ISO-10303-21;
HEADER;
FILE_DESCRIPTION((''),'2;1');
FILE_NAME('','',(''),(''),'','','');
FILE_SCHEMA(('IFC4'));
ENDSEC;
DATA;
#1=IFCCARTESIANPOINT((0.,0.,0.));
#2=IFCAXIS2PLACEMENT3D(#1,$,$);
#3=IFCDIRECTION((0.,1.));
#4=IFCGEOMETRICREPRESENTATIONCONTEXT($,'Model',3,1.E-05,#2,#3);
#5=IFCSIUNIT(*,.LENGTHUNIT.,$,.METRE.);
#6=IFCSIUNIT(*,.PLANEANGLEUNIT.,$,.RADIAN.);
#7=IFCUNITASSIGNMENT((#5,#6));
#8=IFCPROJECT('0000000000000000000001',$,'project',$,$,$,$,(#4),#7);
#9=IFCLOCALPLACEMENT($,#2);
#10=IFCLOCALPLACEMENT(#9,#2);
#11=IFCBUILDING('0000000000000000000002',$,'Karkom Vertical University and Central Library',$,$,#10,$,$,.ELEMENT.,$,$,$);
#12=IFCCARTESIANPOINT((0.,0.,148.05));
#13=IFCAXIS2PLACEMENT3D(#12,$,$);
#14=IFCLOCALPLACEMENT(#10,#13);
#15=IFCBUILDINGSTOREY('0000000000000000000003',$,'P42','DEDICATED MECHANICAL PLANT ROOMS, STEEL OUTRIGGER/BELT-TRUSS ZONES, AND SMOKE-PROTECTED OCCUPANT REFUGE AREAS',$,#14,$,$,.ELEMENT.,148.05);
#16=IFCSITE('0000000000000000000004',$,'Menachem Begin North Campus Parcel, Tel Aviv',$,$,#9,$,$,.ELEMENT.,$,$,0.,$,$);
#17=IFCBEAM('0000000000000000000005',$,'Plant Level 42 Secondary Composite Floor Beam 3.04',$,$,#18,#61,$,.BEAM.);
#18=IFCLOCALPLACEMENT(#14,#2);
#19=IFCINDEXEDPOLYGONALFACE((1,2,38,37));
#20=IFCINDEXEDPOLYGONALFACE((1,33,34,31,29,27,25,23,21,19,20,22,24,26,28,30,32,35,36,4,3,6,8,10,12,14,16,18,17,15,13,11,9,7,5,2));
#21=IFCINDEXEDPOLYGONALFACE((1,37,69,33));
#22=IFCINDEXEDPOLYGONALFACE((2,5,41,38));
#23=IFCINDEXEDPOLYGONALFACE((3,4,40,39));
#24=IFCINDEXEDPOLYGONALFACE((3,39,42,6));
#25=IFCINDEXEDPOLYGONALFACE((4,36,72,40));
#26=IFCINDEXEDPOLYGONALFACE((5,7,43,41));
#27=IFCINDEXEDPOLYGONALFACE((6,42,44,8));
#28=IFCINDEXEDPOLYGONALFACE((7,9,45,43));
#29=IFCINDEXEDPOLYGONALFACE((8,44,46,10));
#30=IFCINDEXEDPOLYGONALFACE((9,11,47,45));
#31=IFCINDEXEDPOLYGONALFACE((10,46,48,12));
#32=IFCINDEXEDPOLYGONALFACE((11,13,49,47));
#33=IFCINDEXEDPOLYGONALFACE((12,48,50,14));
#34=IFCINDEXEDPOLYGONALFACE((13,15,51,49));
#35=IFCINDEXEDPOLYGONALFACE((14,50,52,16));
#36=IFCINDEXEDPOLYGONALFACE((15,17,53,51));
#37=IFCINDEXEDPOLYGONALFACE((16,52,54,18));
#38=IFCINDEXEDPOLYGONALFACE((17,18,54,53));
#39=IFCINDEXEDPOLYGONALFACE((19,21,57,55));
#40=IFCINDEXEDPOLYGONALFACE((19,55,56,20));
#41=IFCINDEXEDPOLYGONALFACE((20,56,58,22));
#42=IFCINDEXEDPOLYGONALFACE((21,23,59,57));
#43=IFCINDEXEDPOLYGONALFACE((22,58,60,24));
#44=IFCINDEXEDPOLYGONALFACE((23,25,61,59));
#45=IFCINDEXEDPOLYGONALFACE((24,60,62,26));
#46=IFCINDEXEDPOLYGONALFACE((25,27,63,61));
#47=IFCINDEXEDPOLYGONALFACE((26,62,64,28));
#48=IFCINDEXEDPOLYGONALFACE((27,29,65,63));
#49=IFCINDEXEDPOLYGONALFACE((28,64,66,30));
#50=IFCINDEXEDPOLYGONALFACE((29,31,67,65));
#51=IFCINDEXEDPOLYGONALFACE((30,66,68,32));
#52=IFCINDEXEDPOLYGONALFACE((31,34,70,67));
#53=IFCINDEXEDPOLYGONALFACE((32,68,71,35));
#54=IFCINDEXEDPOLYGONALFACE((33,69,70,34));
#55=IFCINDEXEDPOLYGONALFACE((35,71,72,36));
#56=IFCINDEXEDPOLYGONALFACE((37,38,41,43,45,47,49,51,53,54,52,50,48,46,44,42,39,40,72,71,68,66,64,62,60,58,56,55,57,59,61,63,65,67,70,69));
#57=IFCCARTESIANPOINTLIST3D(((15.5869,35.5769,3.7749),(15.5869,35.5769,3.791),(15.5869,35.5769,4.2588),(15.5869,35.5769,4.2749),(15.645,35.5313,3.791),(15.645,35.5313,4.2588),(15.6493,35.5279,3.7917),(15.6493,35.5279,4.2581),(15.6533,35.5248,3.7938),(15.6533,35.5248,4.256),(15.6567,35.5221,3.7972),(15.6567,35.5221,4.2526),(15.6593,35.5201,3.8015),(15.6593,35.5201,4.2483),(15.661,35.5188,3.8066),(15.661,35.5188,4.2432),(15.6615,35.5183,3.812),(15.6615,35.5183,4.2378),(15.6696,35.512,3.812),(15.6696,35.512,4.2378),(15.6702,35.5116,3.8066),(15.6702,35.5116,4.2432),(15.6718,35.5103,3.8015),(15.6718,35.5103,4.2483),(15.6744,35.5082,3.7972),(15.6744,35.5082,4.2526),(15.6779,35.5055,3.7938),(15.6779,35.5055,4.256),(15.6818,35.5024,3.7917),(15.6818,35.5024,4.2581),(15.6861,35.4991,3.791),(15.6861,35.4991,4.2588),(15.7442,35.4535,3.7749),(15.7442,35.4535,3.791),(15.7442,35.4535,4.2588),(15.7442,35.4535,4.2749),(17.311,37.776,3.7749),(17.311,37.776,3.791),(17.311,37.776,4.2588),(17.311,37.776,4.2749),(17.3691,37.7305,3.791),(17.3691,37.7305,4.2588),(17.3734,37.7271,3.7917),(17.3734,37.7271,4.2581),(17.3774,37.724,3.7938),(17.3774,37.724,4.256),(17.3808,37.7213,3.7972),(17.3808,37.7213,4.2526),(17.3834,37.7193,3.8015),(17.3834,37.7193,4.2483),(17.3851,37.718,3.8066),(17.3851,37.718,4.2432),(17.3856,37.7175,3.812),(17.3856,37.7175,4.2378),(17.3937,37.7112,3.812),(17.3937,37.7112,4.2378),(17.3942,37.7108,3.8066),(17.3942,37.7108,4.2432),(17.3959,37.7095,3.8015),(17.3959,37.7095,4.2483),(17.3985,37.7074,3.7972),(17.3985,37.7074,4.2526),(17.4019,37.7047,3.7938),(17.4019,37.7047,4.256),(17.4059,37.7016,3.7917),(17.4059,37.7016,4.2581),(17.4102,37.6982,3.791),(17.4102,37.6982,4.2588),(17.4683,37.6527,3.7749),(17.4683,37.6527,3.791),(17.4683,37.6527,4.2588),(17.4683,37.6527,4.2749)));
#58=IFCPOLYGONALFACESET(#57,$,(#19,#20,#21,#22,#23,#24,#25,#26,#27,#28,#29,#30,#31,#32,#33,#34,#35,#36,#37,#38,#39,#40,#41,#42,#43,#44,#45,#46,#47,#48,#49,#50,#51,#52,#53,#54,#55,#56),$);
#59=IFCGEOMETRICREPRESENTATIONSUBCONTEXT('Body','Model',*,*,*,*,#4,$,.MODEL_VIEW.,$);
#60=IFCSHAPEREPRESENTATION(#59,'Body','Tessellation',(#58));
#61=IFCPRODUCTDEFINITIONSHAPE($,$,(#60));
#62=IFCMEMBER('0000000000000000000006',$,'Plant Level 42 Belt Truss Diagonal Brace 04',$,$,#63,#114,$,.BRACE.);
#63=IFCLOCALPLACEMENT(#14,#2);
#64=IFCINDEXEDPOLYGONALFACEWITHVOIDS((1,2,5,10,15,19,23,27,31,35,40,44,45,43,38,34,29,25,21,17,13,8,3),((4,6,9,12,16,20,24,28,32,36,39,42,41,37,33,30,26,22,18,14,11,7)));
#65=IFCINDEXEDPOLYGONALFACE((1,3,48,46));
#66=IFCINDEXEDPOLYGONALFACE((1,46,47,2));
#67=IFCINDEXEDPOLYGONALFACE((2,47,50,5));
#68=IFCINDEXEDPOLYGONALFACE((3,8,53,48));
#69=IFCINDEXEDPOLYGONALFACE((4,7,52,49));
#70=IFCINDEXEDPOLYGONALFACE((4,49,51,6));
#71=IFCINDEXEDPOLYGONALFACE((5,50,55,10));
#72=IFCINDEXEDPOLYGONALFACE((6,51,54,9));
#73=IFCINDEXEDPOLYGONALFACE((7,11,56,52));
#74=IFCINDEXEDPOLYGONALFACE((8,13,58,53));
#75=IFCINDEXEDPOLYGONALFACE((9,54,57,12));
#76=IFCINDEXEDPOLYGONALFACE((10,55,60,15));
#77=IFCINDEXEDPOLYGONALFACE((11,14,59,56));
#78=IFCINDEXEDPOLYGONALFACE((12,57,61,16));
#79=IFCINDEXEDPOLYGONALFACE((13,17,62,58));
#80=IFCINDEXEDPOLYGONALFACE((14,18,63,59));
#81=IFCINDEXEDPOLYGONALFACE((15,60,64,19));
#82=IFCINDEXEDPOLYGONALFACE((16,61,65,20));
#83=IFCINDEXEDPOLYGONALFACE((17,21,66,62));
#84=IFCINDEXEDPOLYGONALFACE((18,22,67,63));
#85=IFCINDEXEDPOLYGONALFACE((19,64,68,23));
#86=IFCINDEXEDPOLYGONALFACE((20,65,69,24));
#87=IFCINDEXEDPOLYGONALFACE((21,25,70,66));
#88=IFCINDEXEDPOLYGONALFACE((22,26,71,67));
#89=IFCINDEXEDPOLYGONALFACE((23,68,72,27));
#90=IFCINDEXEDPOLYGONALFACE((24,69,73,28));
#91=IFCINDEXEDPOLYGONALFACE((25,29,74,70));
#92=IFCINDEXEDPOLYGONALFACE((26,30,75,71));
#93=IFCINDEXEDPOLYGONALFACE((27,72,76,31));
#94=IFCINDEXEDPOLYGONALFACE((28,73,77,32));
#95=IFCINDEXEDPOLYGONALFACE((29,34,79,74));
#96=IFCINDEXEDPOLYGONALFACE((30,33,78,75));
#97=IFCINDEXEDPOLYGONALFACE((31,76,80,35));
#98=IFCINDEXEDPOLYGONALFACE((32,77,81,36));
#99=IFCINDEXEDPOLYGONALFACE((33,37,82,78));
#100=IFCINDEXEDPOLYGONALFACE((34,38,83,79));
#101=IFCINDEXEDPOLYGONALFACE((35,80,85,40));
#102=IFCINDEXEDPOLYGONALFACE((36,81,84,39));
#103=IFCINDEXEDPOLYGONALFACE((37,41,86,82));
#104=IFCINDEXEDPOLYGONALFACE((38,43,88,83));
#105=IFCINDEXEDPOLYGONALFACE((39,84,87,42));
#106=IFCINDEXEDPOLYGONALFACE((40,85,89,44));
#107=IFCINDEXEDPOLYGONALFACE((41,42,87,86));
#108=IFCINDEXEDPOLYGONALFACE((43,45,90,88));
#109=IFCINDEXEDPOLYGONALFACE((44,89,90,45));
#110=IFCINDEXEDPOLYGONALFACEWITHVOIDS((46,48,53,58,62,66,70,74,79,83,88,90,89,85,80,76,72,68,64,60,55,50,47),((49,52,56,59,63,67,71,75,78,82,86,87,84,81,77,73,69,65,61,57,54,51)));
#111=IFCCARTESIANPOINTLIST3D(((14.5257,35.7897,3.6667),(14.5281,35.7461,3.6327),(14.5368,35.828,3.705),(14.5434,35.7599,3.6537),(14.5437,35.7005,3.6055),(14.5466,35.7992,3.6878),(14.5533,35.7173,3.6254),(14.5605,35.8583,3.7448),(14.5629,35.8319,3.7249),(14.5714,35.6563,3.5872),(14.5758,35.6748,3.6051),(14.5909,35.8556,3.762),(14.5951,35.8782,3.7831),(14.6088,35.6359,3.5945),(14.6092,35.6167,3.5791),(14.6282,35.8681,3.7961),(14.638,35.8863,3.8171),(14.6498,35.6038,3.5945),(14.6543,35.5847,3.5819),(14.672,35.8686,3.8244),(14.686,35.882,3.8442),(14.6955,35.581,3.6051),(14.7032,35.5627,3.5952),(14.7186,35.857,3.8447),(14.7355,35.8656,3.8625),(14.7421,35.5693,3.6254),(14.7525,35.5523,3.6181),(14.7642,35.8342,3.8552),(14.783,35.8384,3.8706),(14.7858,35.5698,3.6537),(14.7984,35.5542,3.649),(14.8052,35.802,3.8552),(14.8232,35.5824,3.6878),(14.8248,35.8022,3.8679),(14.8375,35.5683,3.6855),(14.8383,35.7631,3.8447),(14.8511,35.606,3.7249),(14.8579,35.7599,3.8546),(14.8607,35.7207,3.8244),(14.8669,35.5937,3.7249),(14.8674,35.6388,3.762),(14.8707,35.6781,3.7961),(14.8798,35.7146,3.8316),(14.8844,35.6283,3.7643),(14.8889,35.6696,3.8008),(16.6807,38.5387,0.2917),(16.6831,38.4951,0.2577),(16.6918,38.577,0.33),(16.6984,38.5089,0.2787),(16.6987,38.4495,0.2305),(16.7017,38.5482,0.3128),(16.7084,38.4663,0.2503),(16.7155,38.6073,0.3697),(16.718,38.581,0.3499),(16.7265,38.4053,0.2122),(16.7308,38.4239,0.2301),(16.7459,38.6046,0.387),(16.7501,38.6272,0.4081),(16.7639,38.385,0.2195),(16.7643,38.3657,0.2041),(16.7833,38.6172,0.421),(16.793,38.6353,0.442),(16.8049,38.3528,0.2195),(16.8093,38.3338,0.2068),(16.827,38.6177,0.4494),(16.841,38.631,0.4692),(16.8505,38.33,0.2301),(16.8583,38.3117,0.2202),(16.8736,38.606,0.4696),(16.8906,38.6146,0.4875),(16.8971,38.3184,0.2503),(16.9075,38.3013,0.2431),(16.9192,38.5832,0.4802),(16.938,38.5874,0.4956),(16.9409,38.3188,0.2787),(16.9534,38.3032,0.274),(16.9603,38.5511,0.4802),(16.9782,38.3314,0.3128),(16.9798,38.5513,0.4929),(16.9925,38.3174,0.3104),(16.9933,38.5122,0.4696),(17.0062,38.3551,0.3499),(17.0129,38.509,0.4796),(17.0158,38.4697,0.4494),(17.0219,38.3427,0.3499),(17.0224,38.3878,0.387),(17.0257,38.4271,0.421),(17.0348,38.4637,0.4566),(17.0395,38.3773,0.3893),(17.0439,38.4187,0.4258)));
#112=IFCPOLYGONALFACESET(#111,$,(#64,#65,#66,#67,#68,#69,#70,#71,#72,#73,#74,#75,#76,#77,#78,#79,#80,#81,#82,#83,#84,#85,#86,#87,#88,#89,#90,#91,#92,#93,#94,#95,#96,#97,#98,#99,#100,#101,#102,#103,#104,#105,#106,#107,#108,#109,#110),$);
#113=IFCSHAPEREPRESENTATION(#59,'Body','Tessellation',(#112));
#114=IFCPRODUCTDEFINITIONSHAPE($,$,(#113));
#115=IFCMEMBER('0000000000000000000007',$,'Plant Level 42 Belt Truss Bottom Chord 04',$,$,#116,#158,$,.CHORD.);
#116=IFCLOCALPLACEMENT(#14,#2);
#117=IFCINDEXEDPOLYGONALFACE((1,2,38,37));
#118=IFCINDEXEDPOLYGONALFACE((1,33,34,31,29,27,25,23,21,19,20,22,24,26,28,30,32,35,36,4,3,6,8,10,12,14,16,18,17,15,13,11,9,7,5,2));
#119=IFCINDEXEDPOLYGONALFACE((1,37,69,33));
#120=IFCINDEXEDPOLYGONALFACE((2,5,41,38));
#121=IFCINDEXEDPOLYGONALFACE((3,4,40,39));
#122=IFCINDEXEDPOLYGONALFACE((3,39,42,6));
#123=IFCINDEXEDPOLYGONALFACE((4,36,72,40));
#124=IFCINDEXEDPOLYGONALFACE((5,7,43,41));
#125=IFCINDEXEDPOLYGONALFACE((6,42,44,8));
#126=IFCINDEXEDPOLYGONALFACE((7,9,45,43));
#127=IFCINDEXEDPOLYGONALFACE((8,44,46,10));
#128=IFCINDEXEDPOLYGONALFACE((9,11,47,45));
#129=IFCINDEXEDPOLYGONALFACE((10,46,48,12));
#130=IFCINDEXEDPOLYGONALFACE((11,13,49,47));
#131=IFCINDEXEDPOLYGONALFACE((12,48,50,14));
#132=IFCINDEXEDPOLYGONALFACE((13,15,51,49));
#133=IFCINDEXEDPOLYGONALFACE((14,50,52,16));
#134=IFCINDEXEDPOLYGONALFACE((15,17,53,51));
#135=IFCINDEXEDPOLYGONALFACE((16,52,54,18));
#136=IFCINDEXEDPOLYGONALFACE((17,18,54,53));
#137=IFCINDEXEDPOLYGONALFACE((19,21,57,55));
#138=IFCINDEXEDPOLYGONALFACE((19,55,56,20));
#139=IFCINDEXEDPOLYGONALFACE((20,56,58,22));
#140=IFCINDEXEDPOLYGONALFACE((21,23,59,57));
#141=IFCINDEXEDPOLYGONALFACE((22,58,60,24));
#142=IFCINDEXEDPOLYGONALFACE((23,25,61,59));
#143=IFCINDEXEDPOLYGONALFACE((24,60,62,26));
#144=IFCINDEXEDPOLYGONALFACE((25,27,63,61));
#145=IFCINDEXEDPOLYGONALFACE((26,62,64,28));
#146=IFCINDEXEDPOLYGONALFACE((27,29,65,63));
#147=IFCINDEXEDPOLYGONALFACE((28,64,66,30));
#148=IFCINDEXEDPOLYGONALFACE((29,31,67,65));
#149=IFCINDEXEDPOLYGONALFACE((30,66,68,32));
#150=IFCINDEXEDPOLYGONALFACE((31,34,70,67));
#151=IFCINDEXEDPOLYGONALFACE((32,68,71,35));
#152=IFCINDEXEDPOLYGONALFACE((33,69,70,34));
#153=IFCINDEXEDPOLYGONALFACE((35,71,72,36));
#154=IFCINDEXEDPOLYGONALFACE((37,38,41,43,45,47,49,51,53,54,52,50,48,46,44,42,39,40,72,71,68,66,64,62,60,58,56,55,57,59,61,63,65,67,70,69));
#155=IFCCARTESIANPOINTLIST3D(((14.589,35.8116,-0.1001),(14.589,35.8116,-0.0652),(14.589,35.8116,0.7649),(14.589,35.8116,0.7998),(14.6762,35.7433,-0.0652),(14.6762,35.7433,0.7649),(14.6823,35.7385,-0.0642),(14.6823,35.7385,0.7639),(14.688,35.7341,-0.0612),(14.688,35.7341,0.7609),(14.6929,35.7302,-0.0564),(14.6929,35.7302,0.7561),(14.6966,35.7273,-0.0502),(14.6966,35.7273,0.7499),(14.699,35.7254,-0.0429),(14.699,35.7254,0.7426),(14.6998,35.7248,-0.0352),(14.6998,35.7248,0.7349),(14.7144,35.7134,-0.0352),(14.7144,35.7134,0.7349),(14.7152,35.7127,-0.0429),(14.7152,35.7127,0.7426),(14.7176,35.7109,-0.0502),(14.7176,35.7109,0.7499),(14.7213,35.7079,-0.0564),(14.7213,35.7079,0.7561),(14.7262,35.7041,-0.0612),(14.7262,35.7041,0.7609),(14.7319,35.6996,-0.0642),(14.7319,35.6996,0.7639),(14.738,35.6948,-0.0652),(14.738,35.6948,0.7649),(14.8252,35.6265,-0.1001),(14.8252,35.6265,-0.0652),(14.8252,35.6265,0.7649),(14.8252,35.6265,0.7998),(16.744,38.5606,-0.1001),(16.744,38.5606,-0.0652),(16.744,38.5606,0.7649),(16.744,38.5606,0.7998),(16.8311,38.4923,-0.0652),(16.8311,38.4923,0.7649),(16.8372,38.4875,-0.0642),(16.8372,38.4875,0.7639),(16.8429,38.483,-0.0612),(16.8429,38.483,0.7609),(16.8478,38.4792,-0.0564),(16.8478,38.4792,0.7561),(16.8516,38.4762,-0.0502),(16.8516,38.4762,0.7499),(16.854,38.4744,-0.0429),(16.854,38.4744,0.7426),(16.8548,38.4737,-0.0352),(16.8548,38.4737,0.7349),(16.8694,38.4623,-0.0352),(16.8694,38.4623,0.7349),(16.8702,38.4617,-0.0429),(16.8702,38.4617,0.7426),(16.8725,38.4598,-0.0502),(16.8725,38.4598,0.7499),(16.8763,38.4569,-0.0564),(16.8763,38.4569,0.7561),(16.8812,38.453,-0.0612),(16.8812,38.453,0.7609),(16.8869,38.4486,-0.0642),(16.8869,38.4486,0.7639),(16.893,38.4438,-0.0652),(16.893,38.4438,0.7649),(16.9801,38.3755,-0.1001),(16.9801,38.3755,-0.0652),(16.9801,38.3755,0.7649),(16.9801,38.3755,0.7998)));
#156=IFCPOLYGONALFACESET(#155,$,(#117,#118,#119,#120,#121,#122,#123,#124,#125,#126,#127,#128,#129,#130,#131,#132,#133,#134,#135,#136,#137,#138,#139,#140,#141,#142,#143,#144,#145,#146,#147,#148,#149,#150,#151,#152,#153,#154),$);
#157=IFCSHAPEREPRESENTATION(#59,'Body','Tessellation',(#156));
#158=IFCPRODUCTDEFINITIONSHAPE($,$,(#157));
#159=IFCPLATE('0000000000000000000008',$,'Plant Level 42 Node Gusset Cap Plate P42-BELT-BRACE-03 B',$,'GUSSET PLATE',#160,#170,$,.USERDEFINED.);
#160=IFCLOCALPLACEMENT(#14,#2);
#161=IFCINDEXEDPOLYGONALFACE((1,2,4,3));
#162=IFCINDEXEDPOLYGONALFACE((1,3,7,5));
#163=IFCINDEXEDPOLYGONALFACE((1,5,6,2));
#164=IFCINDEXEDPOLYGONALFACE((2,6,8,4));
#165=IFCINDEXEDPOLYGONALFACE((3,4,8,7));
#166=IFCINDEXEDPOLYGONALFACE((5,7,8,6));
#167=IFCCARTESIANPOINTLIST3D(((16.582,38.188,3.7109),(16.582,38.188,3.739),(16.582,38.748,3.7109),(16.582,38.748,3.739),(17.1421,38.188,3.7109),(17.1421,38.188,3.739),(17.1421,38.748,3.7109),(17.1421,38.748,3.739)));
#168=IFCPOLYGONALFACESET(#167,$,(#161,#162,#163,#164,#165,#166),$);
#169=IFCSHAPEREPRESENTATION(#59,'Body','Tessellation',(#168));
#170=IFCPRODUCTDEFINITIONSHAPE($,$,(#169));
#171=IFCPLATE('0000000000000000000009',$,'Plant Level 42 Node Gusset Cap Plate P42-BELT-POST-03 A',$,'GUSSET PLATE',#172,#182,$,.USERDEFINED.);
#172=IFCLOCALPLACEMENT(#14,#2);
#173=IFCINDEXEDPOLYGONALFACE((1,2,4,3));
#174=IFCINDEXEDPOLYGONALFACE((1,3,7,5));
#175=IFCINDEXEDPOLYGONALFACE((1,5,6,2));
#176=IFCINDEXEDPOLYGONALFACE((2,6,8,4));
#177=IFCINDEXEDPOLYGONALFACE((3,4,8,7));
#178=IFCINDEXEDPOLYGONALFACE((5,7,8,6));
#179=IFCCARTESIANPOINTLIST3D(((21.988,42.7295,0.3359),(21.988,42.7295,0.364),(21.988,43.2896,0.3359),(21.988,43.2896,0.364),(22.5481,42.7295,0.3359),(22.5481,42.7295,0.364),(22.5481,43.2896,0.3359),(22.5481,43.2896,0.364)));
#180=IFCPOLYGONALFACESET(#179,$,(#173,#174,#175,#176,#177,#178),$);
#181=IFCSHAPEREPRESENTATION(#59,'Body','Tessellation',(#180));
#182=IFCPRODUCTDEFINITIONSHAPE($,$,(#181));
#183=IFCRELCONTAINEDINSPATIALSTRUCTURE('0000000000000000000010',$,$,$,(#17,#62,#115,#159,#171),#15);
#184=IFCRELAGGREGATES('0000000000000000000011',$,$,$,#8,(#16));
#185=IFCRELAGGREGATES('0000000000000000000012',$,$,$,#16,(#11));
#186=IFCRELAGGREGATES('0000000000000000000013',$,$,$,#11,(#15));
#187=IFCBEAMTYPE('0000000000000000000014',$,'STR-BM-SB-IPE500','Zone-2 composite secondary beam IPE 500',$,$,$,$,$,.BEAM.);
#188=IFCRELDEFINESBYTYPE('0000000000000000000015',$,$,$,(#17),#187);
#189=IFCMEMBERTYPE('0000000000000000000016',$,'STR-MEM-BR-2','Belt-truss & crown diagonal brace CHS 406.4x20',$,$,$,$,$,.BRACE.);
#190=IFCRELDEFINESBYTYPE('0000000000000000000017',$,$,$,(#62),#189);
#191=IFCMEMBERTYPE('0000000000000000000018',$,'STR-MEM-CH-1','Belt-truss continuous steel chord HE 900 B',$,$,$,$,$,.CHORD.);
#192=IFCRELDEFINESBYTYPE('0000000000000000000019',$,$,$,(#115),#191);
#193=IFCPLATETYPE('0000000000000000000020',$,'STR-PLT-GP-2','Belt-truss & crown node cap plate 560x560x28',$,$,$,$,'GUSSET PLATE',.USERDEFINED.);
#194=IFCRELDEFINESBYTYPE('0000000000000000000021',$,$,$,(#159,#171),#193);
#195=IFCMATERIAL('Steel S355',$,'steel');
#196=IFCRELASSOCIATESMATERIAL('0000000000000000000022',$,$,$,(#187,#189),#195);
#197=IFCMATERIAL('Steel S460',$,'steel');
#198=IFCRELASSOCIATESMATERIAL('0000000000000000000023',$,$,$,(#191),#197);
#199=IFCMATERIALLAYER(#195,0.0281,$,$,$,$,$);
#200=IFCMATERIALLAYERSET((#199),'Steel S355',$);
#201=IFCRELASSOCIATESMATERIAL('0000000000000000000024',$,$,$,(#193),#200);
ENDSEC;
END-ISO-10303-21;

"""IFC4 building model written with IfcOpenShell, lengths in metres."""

from ifc_helpers import new_model, si_unit, direction, frame, origin, origin_with_axes, origin_2d, place, context, subcontext, project, spatial, rectangle, hollow_circle, i_section, extrude, source, transform, mapped, material, layer, layer_set, material_profile, profile_set, type_object, element, save


model = new_model("IFC4")

# Units and contexts
model_context = context("Model", 3, precision=1e-05, world=origin(), true_north=direction((0.0, 1.0)))
body_context = subcontext(model_context, "Body", "Model", "MODEL_VIEW")
ifc_project = project(units=[si_unit("LENGTHUNIT", "METRE"), si_unit("PLANEANGLEUNIT", "RADIAN")], contexts=[model_context])

# Site, building, storey
site_placement = place(None, origin())
site = spatial("IfcSite", under=ifc_project, at=site_placement, Name="Menachem Begin North Campus Parcel, Tel Aviv", CompositionType="ELEMENT", RefElevation=0.0)
building_placement = place(site_placement, origin())
building = spatial("IfcBuilding", under=site, at=building_placement, Name="Karkom Vertical University and Central Library", CompositionType="ELEMENT")
storey_placement = place(building_placement, frame((0.0, 0.0, 148.05)))
storey = spatial("IfcBuildingStorey", under=building, at=storey_placement, Name="P42", Description="DEDICATED MECHANICAL PLANT ROOMS, STEEL OUTRIGGER/BELT-TRUSS ZONES, AND SMOKE-PROTECTED OCCUPANT REFUGE AREAS", CompositionType="ELEMENT", Elevation=148.05)

# Shared definitions
ifc_material_1 = material(Name="Steel S355", Category="steel")

# Beam
ifc_material_profile_1 = material_profile(ifc_material_1, i_section(OverallWidth=0.2, OverallDepth=0.5, WebThickness=0.0103, FlangeThickness=0.0161, FilletRadius=0.021, at=origin_2d()), Name="IPE 500")
ifc_profile_set_1 = profile_set([ifc_material_profile_1], Name="Steel S355")
beam_type = type_object("IfcBeamType", Name="STR-BM-SB-IPE500", Description="Zone-2 composite secondary beam IPE 500", PredefinedType="BEAM", material=ifc_profile_set_1)
shared_shape_1 = source(origin_with_axes(), body_context, "Body", "SweptSolid", [
    extrude(i_section(OverallWidth=0.2, OverallDepth=0.5, WebThickness=0.0103, FlangeThickness=0.0161, FilletRadius=0.021, at=origin_2d()), origin(), (0.0, 0.0, 1.0), 2.7944),
])
beam_1_placement = place(storey_placement, frame((17.3896, 37.7144, 4.0249), z_axis=(-0.616972, -0.786985, 0.0), x_axis=(0.786985, -0.616972, 0.0)))
element("IfcBeam", 1, at=beam_1_placement, inside=storey, type_object=beam_type, Name="Plant Level 42 Secondary Composite Floor Beam 3.04", PredefinedType="BEAM", context=body_context, shape_type="MappedRepresentation", body=[
    mapped(shared_shape_1, transform((0.0, 0.0, 0.0), scale=1.0)),
])

# Members
ifc_material_profile_2 = material_profile(ifc_material_1, hollow_circle(Radius=0.2031, WallThickness=0.02, at=origin_2d()), Name="CHS 406.4x20")
ifc_profile_set_2 = profile_set([ifc_material_profile_2], Name="Steel S355")
member_type_1 = type_object("IfcMemberType", Name="STR-MEM-BR-2", Description="Belt-truss & crown diagonal brace CHS 406.4x20", PredefinedType="BRACE", material=ifc_profile_set_2)
shared_shape_2 = source(origin_with_axes(), body_context, "Body", "SweptSolid", [
    extrude(hollow_circle(Radius=0.2031, WallThickness=0.02, at=origin_2d()), origin(), (0.0, 0.0, 1.0), 4.8572),
])
member_1_placement = place(storey_placement, frame((16.8621, 38.468, 0.3499), z_axis=(-0.443682, -0.565975, 0.694852), x_axis=(0.787002, -0.616951, 0.0)))
element("IfcMember", 2, at=member_1_placement, inside=storey, type_object=member_type_1, Name="Plant Level 42 Belt Truss Diagonal Brace 04", PredefinedType="BRACE", context=body_context, shape_type="MappedRepresentation", body=[
    mapped(shared_shape_2, transform((0.0, 0.0, 0.0), scale=1.0)),
])
ifc_material_2 = material(Name="Steel S460", Category="steel")
ifc_material_profile_3 = material_profile(ifc_material_2, i_section(OverallWidth=0.3, OverallDepth=0.8999, WebThickness=0.0186, FlangeThickness=0.0349, FilletRadius=0.03, at=origin_2d()), Name="HE 900 B")
ifc_profile_set_3 = profile_set([ifc_material_profile_3], Name="Steel S460")
member_type_2 = type_object("IfcMemberType", Name="STR-MEM-CH-1", Description="Belt-truss continuous steel chord HE 900 B", PredefinedType="CHORD", material=ifc_profile_set_3)
shared_shape_3 = source(origin_with_axes(), body_context, "Body", "SweptSolid", [
    extrude(i_section(OverallWidth=0.3, OverallDepth=0.8999, WebThickness=0.0186, FlangeThickness=0.0349, FilletRadius=0.03, at=origin_2d()), origin(), (0.0, 0.0, 1.0), 3.4929),
])
member_2_placement = place(storey_placement, frame((16.8621, 38.468, 0.3499), z_axis=(-0.616951, -0.787002, 0.0), x_axis=(0.787002, -0.616951, 0.0)))
element("IfcMember", 3, at=member_2_placement, inside=storey, type_object=member_type_2, Name="Plant Level 42 Belt Truss Bottom Chord 04", PredefinedType="CHORD", context=body_context, shape_type="MappedRepresentation", body=[
    mapped(shared_shape_3, transform((0.0, 0.0, 0.0), scale=1.0)),
])

# Plates
ifc_layer_1 = layer(ifc_material_1, 0.0281)
ifc_layer_set_1 = layer_set([ifc_layer_1], Name="Steel S355")
plate_type_1 = type_object("IfcPlateType", Name="STR-PLT-GP-2", Description="Belt-truss & crown node cap plate 560x560x28", ElementType="GUSSET PLATE", PredefinedType="USERDEFINED", material=ifc_layer_set_1)
shared_shape_4 = source(origin_with_axes(), body_context, "Body", "SweptSolid", [
    extrude(rectangle(XDim=0.5601, YDim=0.5601, at=origin_2d()), origin(), (0.0, 0.0, 1.0), 0.0281),
])
for number, where, z_axis, x_axis, name in (
    (4, (16.8621, 38.468, 3.7109), (0.0, 0.0, 1.0), (1.0, 0.0, 0.0), "Plant Level 42 Node Gusset Cap Plate P42-BELT-BRACE-03 B"),
    (5, (22.2681, 43.0095, 0.3359), (0.0, 0.0, 1.0), (1.0, 0.0, 0.0), "Plant Level 42 Node Gusset Cap Plate P42-BELT-POST-03 A"),
):
    element("IfcPlate", number, at=place(storey_placement, frame(where, z_axis=z_axis, x_axis=x_axis)), inside=storey, type_object=plate_type_1, Name=name, ObjectType="GUSSET PLATE", PredefinedType="USERDEFINED", context=body_context, shape_type="MappedRepresentation", body=[
        mapped(shared_shape_4, transform((0.0, 0.0, 0.0), scale=1.0)),
    ])

save(model, "model.ifc")
